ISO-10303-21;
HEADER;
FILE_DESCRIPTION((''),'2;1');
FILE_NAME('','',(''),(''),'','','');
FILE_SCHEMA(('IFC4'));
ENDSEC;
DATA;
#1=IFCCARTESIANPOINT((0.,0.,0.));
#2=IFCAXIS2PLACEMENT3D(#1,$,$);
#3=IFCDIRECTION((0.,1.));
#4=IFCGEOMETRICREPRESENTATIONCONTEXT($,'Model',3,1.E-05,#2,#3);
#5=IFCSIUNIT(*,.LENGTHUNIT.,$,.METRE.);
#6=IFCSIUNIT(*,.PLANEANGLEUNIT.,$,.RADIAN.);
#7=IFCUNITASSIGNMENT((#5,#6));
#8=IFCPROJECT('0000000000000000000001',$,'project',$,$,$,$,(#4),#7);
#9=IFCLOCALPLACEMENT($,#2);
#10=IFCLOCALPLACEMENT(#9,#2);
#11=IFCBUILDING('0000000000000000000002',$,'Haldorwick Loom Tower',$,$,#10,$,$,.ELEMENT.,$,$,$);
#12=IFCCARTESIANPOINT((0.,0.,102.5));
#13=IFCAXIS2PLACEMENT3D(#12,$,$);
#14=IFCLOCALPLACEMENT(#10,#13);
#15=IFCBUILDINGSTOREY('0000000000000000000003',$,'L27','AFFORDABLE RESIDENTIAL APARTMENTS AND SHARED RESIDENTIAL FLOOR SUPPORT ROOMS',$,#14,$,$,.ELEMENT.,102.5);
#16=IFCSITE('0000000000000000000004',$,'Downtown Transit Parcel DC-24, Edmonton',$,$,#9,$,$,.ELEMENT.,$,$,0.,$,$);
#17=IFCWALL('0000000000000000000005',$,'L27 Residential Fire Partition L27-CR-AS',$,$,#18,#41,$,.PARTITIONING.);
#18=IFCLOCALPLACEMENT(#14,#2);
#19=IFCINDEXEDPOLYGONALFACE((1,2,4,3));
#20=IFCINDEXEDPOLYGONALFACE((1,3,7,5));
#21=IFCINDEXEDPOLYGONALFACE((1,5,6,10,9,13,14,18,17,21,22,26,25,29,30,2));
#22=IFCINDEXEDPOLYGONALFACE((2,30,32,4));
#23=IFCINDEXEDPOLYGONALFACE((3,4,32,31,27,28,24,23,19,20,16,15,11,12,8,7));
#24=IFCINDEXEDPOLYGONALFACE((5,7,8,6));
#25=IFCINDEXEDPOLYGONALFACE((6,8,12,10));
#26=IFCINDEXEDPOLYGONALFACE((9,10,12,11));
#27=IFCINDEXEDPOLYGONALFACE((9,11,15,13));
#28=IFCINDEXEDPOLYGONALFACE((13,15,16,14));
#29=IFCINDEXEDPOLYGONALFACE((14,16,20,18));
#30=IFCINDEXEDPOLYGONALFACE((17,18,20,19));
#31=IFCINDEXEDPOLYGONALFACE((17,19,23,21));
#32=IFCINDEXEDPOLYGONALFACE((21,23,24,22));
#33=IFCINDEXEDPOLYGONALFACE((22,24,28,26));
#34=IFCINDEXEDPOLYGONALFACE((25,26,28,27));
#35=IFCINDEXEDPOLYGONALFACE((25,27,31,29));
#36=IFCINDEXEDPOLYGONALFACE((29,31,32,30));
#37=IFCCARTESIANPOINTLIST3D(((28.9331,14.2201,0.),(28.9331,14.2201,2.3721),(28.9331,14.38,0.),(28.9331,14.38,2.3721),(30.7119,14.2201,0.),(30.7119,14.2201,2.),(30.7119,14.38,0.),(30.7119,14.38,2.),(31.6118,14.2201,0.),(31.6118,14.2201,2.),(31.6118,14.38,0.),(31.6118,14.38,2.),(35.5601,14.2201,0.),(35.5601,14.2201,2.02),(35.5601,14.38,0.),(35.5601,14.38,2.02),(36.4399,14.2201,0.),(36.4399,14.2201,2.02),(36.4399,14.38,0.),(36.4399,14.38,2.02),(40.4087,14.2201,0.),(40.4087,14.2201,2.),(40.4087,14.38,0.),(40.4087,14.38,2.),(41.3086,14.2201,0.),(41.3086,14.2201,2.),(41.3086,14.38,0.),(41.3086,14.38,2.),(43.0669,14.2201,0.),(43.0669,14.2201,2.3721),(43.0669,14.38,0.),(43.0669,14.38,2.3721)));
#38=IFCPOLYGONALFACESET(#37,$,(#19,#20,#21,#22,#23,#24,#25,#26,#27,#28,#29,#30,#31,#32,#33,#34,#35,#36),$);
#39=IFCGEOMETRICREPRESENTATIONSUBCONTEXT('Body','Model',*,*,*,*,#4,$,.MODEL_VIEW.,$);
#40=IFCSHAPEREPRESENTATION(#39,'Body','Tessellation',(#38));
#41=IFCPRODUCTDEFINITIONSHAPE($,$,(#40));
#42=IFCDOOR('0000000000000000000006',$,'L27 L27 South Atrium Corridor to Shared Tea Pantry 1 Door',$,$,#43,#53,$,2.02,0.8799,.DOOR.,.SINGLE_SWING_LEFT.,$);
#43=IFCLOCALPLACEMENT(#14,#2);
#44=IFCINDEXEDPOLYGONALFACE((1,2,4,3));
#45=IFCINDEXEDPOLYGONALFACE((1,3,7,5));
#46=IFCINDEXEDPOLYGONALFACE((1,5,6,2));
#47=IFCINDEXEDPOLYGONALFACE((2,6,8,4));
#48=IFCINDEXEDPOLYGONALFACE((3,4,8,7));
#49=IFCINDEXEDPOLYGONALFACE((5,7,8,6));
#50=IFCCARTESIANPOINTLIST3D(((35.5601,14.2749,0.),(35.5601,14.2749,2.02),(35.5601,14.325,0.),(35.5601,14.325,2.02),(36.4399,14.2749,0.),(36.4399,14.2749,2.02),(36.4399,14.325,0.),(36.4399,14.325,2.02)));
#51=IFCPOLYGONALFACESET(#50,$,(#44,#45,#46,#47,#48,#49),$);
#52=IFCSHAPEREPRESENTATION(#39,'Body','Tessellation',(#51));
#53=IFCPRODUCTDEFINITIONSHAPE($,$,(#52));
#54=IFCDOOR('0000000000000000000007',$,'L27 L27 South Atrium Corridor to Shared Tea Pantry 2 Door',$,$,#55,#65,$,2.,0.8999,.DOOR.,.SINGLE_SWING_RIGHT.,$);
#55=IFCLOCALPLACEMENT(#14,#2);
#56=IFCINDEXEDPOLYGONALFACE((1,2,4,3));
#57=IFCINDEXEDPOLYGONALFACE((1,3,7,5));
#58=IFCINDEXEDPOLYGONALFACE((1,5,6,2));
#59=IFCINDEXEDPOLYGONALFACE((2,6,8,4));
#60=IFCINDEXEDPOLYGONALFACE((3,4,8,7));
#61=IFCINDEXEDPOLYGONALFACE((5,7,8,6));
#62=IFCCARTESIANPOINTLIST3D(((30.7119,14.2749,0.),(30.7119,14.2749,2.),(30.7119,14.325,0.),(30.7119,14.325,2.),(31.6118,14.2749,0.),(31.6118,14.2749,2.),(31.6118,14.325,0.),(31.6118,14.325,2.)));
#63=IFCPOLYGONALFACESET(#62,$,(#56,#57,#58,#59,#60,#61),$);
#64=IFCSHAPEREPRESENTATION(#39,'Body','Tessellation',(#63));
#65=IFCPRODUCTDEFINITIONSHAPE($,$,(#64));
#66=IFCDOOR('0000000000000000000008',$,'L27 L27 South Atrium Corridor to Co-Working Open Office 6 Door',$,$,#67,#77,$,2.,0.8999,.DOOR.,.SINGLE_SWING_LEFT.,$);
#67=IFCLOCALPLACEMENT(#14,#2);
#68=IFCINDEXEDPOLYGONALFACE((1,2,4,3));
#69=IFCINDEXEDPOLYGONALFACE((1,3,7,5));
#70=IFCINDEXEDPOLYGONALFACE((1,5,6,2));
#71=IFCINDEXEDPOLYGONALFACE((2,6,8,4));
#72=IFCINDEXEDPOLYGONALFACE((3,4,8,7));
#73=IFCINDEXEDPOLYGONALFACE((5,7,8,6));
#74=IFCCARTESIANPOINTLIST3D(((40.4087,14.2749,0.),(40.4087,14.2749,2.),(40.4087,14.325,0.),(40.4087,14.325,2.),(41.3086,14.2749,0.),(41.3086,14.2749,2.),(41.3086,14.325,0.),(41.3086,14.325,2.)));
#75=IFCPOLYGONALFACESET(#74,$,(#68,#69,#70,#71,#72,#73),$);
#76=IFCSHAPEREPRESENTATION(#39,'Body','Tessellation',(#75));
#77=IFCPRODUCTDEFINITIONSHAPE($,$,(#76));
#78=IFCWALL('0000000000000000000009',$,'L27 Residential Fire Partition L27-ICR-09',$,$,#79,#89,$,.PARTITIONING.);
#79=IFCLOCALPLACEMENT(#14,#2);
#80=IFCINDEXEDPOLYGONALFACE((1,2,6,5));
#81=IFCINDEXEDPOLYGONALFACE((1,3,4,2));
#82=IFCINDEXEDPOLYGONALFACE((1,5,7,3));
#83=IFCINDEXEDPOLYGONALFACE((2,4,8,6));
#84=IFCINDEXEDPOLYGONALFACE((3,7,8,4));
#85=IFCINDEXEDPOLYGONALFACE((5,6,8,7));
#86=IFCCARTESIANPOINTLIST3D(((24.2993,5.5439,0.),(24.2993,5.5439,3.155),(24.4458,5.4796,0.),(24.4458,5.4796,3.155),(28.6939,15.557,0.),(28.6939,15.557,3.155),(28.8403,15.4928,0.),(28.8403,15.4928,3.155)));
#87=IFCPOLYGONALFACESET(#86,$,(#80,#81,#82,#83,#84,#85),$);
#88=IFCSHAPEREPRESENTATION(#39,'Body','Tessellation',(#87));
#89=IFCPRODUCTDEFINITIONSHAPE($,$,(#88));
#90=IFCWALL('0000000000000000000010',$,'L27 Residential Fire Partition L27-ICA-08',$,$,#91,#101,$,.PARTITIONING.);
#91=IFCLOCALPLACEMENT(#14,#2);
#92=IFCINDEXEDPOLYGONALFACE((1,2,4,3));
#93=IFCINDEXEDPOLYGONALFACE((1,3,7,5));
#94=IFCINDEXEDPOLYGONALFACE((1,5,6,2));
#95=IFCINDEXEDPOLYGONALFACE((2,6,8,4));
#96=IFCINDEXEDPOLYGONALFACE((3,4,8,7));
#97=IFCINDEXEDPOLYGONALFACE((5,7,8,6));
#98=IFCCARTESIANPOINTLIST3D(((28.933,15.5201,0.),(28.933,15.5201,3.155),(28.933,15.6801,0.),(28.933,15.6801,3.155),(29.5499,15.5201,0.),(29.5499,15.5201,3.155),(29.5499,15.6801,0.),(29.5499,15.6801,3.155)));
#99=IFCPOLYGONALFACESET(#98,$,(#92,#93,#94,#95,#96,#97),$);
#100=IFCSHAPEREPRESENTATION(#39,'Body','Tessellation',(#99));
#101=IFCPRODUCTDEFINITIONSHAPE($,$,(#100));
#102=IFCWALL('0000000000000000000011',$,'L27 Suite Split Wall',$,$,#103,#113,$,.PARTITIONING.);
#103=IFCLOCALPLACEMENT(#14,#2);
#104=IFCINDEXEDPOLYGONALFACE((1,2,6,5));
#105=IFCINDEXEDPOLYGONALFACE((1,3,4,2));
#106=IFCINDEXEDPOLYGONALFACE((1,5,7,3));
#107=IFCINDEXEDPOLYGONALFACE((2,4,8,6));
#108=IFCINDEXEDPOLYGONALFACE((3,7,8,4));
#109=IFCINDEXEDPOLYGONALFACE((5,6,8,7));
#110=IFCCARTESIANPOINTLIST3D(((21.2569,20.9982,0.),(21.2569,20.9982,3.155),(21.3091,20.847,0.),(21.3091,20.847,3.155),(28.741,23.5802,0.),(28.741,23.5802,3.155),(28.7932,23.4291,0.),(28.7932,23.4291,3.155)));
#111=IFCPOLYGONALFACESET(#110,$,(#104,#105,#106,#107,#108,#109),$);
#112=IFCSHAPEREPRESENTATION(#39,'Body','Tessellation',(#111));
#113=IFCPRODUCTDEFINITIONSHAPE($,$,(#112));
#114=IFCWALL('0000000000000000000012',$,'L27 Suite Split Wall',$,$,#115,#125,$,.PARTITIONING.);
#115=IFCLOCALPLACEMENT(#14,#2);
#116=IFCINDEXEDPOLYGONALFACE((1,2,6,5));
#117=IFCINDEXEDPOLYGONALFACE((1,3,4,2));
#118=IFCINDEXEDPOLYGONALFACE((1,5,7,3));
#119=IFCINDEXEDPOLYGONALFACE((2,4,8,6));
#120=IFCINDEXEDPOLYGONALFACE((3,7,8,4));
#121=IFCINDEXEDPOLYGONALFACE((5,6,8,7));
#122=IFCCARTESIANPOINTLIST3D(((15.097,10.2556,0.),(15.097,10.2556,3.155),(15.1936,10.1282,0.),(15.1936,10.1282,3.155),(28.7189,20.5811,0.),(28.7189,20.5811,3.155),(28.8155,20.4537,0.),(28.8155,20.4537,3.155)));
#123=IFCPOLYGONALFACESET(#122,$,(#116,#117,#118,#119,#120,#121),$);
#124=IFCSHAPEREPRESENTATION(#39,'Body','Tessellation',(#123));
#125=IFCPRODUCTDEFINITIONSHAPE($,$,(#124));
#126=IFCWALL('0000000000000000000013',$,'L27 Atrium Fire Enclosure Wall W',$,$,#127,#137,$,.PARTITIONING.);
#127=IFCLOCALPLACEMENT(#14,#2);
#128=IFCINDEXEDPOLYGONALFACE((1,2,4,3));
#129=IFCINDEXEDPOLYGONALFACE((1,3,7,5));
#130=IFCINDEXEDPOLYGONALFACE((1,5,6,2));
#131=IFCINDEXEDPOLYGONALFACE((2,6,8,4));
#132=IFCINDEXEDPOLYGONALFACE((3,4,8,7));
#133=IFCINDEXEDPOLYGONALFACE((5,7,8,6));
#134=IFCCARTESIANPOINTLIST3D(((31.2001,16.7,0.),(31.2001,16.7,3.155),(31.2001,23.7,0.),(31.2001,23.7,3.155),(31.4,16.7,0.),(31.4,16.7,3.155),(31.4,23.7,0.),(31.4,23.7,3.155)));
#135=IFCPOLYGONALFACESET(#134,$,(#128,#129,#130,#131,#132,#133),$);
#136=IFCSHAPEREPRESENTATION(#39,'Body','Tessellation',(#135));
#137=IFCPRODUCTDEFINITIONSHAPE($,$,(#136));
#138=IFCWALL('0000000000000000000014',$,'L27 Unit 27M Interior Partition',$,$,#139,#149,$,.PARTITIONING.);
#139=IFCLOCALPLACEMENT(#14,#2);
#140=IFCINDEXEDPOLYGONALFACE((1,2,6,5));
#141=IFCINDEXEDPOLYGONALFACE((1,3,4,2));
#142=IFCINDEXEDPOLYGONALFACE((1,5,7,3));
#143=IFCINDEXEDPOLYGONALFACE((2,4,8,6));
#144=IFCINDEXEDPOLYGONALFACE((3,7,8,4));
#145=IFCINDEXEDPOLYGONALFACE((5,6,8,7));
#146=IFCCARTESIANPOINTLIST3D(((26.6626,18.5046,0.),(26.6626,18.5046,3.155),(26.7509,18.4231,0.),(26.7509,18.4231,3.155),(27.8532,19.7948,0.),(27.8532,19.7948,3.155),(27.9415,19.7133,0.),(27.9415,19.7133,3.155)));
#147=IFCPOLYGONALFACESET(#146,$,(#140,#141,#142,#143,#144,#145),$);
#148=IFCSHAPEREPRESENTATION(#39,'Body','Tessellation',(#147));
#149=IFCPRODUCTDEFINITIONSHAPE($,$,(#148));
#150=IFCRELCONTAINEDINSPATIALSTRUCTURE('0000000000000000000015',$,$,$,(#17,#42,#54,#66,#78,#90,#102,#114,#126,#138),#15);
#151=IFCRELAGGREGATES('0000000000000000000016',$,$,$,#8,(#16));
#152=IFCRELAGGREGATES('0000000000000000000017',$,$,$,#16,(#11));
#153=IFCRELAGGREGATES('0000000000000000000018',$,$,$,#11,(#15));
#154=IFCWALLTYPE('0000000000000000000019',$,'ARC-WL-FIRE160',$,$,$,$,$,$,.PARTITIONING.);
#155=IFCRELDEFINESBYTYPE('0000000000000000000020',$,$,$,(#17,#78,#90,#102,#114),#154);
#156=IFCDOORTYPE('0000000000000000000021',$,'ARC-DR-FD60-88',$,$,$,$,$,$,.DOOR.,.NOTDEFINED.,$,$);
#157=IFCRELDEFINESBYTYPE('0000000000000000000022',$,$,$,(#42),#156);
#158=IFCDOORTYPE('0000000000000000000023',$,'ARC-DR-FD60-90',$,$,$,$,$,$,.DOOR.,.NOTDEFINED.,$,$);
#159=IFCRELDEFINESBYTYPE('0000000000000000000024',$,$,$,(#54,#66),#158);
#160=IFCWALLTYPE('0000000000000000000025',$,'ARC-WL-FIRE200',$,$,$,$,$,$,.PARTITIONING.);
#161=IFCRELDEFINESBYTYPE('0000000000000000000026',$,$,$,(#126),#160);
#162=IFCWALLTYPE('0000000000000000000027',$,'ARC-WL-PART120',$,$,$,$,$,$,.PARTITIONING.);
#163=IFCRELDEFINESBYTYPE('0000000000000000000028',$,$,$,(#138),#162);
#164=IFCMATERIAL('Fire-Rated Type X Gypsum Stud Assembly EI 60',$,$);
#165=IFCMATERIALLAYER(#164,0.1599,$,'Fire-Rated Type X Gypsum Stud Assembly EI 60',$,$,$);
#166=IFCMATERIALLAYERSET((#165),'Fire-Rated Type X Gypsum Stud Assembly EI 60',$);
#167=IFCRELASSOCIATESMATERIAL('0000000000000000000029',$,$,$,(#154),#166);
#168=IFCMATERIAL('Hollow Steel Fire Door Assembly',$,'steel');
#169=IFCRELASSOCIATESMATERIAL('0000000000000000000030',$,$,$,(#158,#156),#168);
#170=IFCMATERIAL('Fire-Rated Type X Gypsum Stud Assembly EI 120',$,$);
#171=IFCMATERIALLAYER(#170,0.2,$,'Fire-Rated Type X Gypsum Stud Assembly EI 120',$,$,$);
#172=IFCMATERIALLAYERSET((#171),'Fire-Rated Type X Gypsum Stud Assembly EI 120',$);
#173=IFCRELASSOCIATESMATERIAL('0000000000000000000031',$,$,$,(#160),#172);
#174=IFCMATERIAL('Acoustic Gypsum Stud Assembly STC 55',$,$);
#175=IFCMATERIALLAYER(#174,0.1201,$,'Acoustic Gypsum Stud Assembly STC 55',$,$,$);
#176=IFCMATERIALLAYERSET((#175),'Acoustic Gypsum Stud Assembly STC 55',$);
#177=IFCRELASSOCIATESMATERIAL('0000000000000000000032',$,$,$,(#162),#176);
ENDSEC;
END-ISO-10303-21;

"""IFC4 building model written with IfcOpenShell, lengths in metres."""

from ifc_helpers import new_model, si_unit, direction, frame, frame_2d, origin, place, context, subcontext, project, spatial, rectangle, extrude, material, layer, layer_set, type_object, element, fill, save


model = new_model("IFC4")

# Units and contexts
model_context = context("Model", 3, precision=1e-05, world=origin(), true_north=direction((0.0, 1.0)))
body_context = subcontext(model_context, "Body", "Model", "MODEL_VIEW")
ifc_project = project(units=[si_unit("LENGTHUNIT", "METRE"), si_unit("PLANEANGLEUNIT", "RADIAN")], contexts=[model_context])

# Site, building, storey
site_placement = place(None, origin())
site = spatial("IfcSite", under=ifc_project, at=site_placement, Name="Downtown Transit Parcel DC-24, Edmonton", CompositionType="ELEMENT", RefElevation=0.0)
building_placement = place(site_placement, origin())
building = spatial("IfcBuilding", under=site, at=building_placement, Name="Haldorwick Loom Tower", CompositionType="ELEMENT")
storey_placement = place(building_placement, frame((0.0, 0.0, 102.5)))
storey = spatial("IfcBuildingStorey", under=building, at=storey_placement, Name="L27", Description="AFFORDABLE RESIDENTIAL APARTMENTS AND SHARED RESIDENTIAL FLOOR SUPPORT ROOMS", CompositionType="ELEMENT", Elevation=102.5)

# Wall, openings, doors
ifc_material_1 = material(Name="Fire-Rated Type X Gypsum Stud Assembly EI 60")
ifc_layer_1 = layer(ifc_material_1, 0.1599, Name="Fire-Rated Type X Gypsum Stud Assembly EI 60")
ifc_layer_set_1 = layer_set([ifc_layer_1], Name="Fire-Rated Type X Gypsum Stud Assembly EI 60")
wall_type_1 = type_object("IfcWallType", Name="ARC-WL-FIRE160", PredefinedType="PARTITIONING", material=ifc_layer_set_1)
ifc_material_2 = material(Name="Hollow Steel Fire Door Assembly", Category="steel")
door_type_1 = type_object("IfcDoorType", Name="ARC-DR-FD60-90", OperationType="NOTDEFINED", PredefinedType="DOOR", material=ifc_material_2)
wall_1_placement = place(storey_placement, frame((28.9331, 14.3, 0.0), z_axis=(0.0, 0.0, 1.0), x_axis=(1.0, 0.0, 0.0)))
wall_1 = element("IfcWall", 1, at=wall_1_placement, inside=storey, type_object=wall_type_1, Name="L27 Residential Fire Partition L27-CR-AS", PredefinedType="PARTITIONING", context=body_context, shape_type="SweptSolid", body=[
    extrude(rectangle(XDim=14.1338, YDim=0.1599, at=frame_2d((7.0669, 0.0))), origin(), (0.0, 0.0, 1.0), 2.3721),
])
opening_1_placement = place(wall_1_placement, frame((6.627, 0.0, 0.0)))
opening_1 = element("IfcOpeningElement", 2, at=opening_1_placement, cuts=wall_1, PredefinedType="OPENING", context=body_context, shape_type="SweptSolid", body=[
    extrude(rectangle(XDim=0.8799, YDim=2.02, at=frame_2d((0.4399, 1.01))), frame((0.0, 0.0898, 0.0), z_axis=(0.0, -1.0, 0.0), x_axis=(1.0, 0.0, 0.0)), (0.0, 0.0, 1.0), 0.1799),
])
opening_2_placement = place(wall_1_placement, frame((1.7788, 0.0, 0.0)))
opening_2 = element("IfcOpeningElement", 3, at=opening_2_placement, cuts=wall_1, PredefinedType="OPENING", context=body_context, shape_type="SweptSolid", body=[
    extrude(rectangle(XDim=0.8999, YDim=2.0, at=frame_2d((0.45, 1.0))), frame((0.0, 0.0898, 0.0), z_axis=(0.0, -1.0, 0.0), x_axis=(1.0, 0.0, 0.0)), (0.0, 0.0, 1.0), 0.1799),
])
opening_3_placement = place(wall_1_placement, frame((11.4756, 0.0, 0.0)))
opening_3 = element("IfcOpeningElement", 4, at=opening_3_placement, cuts=wall_1, PredefinedType="OPENING", context=body_context, shape_type="SweptSolid", body=[
    extrude(rectangle(XDim=0.8999, YDim=2.0, at=frame_2d((0.45, 1.0))), frame((0.0, 0.0898, 0.0), z_axis=(0.0, -1.0, 0.0), x_axis=(1.0, 0.0, 0.0)), (0.0, 0.0, 1.0), 0.1799),
])
door_type_2 = type_object("IfcDoorType", Name="ARC-DR-FD60-88", OperationType="NOTDEFINED", PredefinedType="DOOR", material=ifc_material_2)
door_1_placement = place(opening_1_placement, origin())
door_1 = element("IfcDoor", 5, at=door_1_placement, inside=storey, type_object=door_type_2, Name="L27 L27 South Atrium Corridor to Shared Tea Pantry 1 Door", OperationType="SINGLE_SWING_LEFT", OverallHeight=2.02, OverallWidth=0.8799, PredefinedType="DOOR", context=body_context, shape_type="SweptSolid", body=[
    extrude(rectangle(XDim=0.8799, YDim=2.02, at=frame_2d((0.4399, 1.01))), frame((0.0, 0.0249, 0.0), z_axis=(0.0, -1.0, 0.0), x_axis=(1.0, 0.0, 0.0)), (0.0, 0.0, 1.0), 0.05),
])
fill(opening_1, door_1)
door_2_placement = place(opening_2_placement, origin())
door_2 = element("IfcDoor", 6, at=door_2_placement, inside=storey, type_object=door_type_1, Name="L27 L27 South Atrium Corridor to Shared Tea Pantry 2 Door", OperationType="SINGLE_SWING_RIGHT", OverallHeight=2.0, OverallWidth=0.8999, PredefinedType="DOOR", context=body_context, shape_type="SweptSolid", body=[
    extrude(rectangle(XDim=0.8999, YDim=2.0, at=frame_2d((0.45, 1.0))), frame((0.0, 0.0249, 0.0), z_axis=(0.0, -1.0, 0.0), x_axis=(1.0, 0.0, 0.0)), (0.0, 0.0, 1.0), 0.05),
])
fill(opening_2, door_2)
door_3_placement = place(opening_3_placement, origin())
door_3 = element("IfcDoor", 7, at=door_3_placement, inside=storey, type_object=door_type_1, Name="L27 L27 South Atrium Corridor to Co-Working Open Office 6 Door", OperationType="SINGLE_SWING_LEFT", OverallHeight=2.0, OverallWidth=0.8999, PredefinedType="DOOR", context=body_context, shape_type="SweptSolid", body=[
    extrude(rectangle(XDim=0.8999, YDim=2.0, at=frame_2d((0.45, 1.0))), frame((0.0, 0.0249, 0.0), z_axis=(0.0, -1.0, 0.0), x_axis=(1.0, 0.0, 0.0)), (0.0, 0.0, 1.0), 0.05),
])
fill(opening_3, door_3)

# Walls
wall_2_placement = place(storey_placement, frame((28.7671, 15.5249, 0.0), z_axis=(0.0, 0.0, 1.0), x_axis=(-0.401875, -0.915695, 0.0)))
element("IfcWall", 8, at=wall_2_placement, inside=storey, type_object=wall_type_1, Name="L27 Residential Fire Partition L27-ICR-09", PredefinedType="PARTITIONING", context=body_context, shape_type="SweptSolid", body=[
    extrude(rectangle(XDim=10.9351, YDim=0.1599, at=frame_2d((5.4675, 0.0))), origin(), (0.0, 0.0, 1.0), 3.155),
])
wall_3_placement = place(storey_placement, frame((29.55, 15.6001, 0.0), z_axis=(0.0, 0.0, 1.0), x_axis=(-1.0, 0.0, 0.0)))
element("IfcWall", 9, at=wall_3_placement, inside=storey, type_object=wall_type_1, Name="L27 Residential Fire Partition L27-ICA-08", PredefinedType="PARTITIONING", context=body_context, shape_type="SweptSolid", body=[
    extrude(rectangle(XDim=0.6169, YDim=0.1599, at=frame_2d((0.3086, 0.0))), origin(), (0.0, 0.0, 1.0), 3.155),
])
wall_4_placement = place(storey_placement, frame((28.7671, 23.5046, 0.0), z_axis=(0.0, 0.0, 1.0), x_axis=(-0.945323, -0.326137, 0.0)))
element("IfcWall", 10, at=wall_4_placement, inside=storey, type_object=wall_type_1, Name="L27 Suite Split Wall", PredefinedType="PARTITIONING", context=body_context, shape_type="SweptSolid", body=[
    extrude(rectangle(XDim=7.917, YDim=0.1599, at=frame_2d((3.9585, 0.0))), origin(), (0.0, 0.0, 1.0), 3.155),
])
wall_5_placement = place(storey_placement, frame((28.7671, 20.5173, 0.0), z_axis=(0.0, 0.0, 1.0), x_axis=(-0.796927, -0.604076, 0.0)))
element("IfcWall", 11, at=wall_5_placement, inside=storey, type_object=wall_type_1, Name="L27 Suite Split Wall", PredefinedType="PARTITIONING", context=body_context, shape_type="SweptSolid", body=[
    extrude(rectangle(XDim=17.093, YDim=0.1599, at=frame_2d((8.5464, 0.0))), origin(), (0.0, 0.0, 1.0), 3.155),
])
ifc_material_3 = material(Name="Fire-Rated Type X Gypsum Stud Assembly EI 120")
ifc_layer_2 = layer(ifc_material_3, 0.2, Name="Fire-Rated Type X Gypsum Stud Assembly EI 120")
ifc_layer_set_2 = layer_set([ifc_layer_2], Name="Fire-Rated Type X Gypsum Stud Assembly EI 120")
wall_type_2 = type_object("IfcWallType", Name="ARC-WL-FIRE200", PredefinedType="PARTITIONING", material=ifc_layer_set_2)
wall_6_placement = place(storey_placement, frame((31.3, 16.7, 0.0), z_axis=(0.0, 0.0, 1.0), x_axis=(0.0, 1.0, 0.0)))
element("IfcWall", 12, at=wall_6_placement, inside=storey, type_object=wall_type_2, Name="L27 Atrium Fire Enclosure Wall W", PredefinedType="PARTITIONING", context=body_context, shape_type="SweptSolid", body=[
    extrude(rectangle(XDim=7.0, YDim=0.2, at=frame_2d((3.5, 0.0))), origin(), (0.0, 0.0, 1.0), 3.155),
])
ifc_material_4 = material(Name="Acoustic Gypsum Stud Assembly STC 55")
ifc_layer_3 = layer(ifc_material_4, 0.1201, Name="Acoustic Gypsum Stud Assembly STC 55")
ifc_layer_set_3 = layer_set([ifc_layer_3], Name="Acoustic Gypsum Stud Assembly STC 55")
wall_type_3 = type_object("IfcWallType", Name="ARC-WL-PART120", PredefinedType="PARTITIONING", material=ifc_layer_set_3)
wall_7_placement = place(storey_placement, frame((27.8975, 19.7542, 0.0), z_axis=(0.0, 0.0, 1.0), x_axis=(-0.67817, -0.734905, 0.0)))
element("IfcWall", 13, at=wall_7_placement, inside=storey, type_object=wall_type_3, Name="L27 Unit 27M Interior Partition", PredefinedType="PARTITIONING", context=body_context, shape_type="SweptSolid", body=[
    extrude(rectangle(XDim=1.7556, YDim=0.1201, at=frame_2d((0.8779, 0.0))), origin(), (0.0, 0.0, 1.0), 3.155),
])

save(model, "model.ifc")
